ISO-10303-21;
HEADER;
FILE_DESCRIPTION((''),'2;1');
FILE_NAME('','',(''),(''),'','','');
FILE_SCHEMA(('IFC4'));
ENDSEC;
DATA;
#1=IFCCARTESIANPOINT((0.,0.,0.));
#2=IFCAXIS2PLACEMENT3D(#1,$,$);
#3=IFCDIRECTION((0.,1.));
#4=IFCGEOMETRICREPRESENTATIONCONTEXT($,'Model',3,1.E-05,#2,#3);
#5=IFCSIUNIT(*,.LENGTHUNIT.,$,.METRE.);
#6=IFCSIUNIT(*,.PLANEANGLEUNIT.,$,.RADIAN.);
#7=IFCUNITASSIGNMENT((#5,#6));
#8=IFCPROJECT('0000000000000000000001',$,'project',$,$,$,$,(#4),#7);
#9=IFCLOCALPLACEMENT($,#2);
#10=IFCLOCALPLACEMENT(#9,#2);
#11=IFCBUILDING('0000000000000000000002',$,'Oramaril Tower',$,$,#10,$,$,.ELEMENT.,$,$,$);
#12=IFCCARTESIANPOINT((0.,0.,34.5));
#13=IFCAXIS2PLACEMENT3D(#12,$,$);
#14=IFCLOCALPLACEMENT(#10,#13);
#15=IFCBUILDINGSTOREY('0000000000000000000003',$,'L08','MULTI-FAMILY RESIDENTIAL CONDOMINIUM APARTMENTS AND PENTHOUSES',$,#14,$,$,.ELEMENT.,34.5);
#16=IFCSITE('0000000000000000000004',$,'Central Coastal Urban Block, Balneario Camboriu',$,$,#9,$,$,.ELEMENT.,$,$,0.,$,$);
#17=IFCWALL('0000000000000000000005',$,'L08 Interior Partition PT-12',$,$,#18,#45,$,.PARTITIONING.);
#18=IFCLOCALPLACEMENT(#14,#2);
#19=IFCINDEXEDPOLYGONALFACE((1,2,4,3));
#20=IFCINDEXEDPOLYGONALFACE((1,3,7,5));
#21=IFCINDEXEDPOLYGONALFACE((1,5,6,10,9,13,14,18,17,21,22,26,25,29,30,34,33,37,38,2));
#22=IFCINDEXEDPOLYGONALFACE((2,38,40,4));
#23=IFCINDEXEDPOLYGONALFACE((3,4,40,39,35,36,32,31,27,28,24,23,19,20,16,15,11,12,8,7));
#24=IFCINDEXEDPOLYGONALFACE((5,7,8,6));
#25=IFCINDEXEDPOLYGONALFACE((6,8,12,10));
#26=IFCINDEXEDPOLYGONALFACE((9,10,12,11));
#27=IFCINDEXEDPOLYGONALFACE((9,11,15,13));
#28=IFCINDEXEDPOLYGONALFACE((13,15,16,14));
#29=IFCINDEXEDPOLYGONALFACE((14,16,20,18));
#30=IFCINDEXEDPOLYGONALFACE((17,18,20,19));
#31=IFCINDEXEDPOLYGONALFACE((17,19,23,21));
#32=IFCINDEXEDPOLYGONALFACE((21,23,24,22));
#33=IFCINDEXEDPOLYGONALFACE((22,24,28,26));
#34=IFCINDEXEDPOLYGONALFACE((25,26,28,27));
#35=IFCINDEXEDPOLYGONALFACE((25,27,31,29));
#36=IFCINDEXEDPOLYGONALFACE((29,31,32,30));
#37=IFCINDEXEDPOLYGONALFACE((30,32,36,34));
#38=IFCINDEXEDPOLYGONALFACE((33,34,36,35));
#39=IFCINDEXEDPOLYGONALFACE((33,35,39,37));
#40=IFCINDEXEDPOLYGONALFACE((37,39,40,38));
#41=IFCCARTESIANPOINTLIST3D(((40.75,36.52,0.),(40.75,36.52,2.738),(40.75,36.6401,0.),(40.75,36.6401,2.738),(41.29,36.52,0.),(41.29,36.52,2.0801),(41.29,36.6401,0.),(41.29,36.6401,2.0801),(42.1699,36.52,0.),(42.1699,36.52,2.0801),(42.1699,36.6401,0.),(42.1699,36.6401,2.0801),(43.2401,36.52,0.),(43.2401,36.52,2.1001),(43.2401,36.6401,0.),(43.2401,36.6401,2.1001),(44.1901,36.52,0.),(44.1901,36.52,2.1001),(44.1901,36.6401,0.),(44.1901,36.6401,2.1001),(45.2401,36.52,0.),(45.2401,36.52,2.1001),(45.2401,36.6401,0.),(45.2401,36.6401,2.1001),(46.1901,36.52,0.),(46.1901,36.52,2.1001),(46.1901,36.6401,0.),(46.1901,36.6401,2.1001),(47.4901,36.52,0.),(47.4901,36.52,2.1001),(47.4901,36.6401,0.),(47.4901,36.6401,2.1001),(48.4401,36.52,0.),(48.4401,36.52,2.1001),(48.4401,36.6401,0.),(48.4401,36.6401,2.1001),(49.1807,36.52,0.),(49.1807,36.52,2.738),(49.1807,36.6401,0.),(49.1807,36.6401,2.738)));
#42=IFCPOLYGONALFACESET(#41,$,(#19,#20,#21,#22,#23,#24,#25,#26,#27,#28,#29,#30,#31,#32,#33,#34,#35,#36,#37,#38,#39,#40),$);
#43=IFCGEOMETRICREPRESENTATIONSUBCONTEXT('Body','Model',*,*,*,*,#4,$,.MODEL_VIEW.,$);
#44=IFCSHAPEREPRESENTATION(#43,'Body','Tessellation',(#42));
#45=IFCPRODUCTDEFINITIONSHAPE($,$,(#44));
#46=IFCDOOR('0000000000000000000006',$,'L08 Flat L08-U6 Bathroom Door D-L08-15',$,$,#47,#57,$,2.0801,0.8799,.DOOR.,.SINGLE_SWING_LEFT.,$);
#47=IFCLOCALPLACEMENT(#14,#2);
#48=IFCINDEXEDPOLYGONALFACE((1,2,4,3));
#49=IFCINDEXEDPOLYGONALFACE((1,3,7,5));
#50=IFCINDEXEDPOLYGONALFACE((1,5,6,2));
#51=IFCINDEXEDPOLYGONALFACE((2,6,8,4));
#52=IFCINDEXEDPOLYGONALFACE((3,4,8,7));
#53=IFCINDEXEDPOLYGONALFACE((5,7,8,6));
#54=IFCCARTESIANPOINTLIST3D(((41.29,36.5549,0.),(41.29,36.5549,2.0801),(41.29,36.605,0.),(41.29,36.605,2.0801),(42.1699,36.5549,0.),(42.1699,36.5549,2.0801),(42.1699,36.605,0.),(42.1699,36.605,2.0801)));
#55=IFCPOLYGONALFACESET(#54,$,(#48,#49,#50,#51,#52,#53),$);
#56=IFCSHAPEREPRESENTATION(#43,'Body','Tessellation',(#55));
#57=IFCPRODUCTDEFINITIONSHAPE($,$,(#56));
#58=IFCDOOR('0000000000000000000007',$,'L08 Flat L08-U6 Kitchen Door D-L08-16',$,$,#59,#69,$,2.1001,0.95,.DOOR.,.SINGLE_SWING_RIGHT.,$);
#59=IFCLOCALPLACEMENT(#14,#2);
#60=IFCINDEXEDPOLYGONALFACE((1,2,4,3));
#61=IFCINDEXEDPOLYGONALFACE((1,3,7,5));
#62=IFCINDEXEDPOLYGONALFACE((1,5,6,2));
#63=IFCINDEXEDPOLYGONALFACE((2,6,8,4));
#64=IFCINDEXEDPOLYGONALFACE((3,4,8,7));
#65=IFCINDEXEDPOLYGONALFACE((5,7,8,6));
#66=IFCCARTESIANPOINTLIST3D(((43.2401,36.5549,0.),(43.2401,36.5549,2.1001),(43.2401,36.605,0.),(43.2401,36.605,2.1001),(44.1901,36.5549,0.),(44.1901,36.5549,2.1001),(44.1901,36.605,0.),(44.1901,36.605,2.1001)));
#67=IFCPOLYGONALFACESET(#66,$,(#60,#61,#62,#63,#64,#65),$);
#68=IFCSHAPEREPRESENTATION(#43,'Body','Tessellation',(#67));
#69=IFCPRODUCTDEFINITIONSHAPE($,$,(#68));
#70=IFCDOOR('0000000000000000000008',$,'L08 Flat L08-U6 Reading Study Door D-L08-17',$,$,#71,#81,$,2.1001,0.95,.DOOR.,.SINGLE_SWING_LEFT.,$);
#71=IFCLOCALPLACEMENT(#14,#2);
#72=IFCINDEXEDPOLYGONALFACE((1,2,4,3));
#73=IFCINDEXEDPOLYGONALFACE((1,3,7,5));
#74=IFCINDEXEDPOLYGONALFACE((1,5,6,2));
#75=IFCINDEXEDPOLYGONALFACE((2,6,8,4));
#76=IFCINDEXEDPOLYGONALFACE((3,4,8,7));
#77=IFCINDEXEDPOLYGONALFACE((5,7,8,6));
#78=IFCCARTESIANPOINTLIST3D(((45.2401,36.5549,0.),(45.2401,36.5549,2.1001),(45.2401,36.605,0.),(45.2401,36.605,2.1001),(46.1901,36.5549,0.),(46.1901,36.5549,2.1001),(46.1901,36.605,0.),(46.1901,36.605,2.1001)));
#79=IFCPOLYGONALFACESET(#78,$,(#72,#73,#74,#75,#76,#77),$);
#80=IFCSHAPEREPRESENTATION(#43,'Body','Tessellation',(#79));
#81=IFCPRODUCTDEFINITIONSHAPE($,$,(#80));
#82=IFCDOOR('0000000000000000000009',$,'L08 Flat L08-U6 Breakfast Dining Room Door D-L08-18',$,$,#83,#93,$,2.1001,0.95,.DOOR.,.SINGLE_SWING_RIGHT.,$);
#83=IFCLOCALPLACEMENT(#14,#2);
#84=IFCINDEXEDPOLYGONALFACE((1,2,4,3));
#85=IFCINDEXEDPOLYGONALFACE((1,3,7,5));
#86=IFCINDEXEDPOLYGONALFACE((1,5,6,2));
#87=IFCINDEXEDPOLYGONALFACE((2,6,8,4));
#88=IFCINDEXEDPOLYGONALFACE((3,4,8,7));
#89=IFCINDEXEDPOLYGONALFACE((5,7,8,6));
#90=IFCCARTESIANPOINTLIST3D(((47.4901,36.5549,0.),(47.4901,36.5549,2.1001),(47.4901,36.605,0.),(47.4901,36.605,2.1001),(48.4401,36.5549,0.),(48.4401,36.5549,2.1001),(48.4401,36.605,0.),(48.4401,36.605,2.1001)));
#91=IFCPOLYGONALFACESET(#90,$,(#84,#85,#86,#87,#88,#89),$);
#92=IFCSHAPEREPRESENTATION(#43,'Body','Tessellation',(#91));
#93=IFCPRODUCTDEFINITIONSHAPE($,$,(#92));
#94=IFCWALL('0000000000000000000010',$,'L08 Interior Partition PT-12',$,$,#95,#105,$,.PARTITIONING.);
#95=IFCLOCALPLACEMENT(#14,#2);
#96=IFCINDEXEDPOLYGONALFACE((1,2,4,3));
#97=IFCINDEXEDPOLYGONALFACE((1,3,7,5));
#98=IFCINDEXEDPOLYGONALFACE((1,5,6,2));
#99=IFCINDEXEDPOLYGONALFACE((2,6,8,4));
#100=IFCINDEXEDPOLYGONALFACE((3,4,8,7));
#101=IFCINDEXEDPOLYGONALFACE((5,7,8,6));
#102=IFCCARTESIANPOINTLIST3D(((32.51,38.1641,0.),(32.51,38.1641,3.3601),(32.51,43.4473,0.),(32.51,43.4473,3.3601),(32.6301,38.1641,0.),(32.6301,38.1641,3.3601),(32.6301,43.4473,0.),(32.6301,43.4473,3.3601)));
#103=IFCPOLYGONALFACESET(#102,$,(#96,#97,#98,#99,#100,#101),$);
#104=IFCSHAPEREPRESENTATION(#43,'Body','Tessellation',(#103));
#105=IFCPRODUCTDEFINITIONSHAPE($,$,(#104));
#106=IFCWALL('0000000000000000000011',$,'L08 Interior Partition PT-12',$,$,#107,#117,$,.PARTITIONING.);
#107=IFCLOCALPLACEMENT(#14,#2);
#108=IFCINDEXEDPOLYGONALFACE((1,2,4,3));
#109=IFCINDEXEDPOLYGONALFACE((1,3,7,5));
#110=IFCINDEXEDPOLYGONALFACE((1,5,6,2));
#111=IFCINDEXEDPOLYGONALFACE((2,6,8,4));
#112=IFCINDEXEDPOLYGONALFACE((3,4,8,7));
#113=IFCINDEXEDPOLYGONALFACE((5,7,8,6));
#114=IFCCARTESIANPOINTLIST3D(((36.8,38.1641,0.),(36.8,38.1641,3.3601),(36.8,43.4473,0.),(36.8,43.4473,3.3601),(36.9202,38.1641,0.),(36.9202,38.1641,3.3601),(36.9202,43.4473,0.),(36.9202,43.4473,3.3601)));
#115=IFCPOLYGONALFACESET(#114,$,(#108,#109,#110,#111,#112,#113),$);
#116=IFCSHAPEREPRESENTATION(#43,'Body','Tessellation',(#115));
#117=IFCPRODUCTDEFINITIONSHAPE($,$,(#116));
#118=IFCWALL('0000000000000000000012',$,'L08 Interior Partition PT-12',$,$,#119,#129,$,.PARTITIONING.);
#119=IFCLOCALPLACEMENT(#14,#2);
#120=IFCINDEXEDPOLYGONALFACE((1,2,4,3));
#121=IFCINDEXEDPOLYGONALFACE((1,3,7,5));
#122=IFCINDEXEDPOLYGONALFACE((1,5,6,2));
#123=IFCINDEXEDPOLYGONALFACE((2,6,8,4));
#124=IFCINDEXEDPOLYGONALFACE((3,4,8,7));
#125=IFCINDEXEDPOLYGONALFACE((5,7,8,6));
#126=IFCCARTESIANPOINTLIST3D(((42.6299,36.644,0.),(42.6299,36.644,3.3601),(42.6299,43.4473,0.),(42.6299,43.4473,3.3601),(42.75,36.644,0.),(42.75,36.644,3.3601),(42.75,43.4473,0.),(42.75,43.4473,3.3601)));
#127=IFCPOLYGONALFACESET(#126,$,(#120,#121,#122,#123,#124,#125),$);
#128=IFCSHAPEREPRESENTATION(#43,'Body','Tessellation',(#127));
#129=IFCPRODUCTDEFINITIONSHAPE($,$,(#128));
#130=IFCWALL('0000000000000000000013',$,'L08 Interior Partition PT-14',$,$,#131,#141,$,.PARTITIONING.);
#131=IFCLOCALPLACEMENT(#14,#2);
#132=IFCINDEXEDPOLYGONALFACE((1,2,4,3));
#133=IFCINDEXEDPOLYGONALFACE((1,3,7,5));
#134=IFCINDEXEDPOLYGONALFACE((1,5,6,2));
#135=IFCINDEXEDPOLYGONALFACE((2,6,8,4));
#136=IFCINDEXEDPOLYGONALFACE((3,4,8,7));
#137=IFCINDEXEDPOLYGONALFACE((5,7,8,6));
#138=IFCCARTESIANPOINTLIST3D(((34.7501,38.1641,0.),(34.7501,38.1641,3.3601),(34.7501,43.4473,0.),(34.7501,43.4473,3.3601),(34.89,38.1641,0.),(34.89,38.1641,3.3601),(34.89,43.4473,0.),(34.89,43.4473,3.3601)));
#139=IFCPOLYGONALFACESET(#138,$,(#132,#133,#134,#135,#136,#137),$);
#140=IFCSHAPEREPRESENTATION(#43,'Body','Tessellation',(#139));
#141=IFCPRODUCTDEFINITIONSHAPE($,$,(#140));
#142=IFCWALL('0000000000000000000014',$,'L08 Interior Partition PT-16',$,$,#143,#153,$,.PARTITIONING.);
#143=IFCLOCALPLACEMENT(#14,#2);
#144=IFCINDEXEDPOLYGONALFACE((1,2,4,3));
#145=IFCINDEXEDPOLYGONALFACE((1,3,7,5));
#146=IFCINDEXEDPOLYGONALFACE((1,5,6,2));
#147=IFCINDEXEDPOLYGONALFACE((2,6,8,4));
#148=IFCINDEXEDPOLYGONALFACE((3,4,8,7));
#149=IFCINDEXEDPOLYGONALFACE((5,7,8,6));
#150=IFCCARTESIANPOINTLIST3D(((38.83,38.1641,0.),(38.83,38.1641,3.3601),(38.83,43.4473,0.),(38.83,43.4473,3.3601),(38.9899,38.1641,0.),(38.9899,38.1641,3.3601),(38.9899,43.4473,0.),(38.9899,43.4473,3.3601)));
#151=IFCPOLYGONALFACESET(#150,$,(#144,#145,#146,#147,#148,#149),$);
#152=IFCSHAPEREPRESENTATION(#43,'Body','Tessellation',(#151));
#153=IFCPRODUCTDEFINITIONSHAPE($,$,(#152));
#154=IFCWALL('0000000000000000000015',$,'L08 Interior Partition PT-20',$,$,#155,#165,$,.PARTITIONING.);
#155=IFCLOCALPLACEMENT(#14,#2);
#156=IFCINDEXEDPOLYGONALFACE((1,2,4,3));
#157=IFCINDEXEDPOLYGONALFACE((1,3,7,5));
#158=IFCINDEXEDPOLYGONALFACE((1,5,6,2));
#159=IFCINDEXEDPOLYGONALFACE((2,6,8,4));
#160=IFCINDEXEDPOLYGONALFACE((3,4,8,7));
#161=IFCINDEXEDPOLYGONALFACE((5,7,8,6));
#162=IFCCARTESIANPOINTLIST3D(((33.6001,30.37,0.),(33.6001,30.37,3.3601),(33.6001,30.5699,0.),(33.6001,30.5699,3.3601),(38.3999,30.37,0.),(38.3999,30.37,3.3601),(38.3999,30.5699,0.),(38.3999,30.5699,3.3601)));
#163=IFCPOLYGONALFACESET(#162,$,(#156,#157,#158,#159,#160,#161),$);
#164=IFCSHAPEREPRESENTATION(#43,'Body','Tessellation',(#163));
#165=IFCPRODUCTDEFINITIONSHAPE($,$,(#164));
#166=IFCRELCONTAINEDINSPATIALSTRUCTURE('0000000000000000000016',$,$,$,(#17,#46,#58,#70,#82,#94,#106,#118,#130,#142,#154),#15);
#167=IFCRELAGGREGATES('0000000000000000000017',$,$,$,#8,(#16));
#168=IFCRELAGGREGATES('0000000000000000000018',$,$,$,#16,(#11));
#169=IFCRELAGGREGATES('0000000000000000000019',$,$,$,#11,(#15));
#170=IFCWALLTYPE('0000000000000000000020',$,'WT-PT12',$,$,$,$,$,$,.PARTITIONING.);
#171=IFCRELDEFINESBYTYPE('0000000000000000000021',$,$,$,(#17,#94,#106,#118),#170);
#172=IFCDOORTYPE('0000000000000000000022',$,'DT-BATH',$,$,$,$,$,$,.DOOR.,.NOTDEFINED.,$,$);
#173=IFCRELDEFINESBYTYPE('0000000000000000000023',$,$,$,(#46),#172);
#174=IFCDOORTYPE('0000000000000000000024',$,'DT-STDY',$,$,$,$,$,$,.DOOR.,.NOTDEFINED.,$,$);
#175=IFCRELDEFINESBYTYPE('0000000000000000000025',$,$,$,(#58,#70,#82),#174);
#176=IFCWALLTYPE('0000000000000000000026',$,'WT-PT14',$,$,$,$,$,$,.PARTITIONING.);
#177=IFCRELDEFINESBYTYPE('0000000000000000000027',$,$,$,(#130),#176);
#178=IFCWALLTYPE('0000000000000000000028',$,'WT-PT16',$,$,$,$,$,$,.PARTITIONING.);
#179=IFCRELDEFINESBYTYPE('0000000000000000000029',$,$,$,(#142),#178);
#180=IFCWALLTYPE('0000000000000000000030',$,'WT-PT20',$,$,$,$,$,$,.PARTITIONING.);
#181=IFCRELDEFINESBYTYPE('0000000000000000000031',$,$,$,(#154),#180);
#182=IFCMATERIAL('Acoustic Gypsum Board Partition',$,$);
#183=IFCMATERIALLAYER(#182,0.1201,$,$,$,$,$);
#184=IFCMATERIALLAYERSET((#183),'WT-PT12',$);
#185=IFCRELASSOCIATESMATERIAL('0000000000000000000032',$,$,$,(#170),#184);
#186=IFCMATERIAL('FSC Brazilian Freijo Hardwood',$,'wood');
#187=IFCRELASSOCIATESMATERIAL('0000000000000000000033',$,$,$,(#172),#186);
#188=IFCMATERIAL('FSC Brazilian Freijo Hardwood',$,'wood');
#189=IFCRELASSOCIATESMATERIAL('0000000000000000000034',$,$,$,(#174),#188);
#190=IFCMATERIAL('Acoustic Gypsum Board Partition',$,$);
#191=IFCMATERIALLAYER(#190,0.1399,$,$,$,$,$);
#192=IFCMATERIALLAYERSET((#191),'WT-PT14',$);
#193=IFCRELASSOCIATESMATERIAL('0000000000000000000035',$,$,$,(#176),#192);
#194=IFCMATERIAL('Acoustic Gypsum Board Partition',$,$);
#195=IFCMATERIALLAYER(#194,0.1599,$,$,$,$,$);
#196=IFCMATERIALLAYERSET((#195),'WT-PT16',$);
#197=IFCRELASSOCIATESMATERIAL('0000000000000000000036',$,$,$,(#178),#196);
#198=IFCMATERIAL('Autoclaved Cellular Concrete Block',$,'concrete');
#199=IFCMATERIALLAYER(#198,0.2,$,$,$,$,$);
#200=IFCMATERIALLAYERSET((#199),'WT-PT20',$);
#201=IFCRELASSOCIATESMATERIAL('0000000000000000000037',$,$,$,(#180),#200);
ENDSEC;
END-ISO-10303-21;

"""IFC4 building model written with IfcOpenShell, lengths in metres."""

from ifc_helpers import new_model, si_unit, direction, frame, frame_2d, origin, place, context, subcontext, project, spatial, rectangle, extrude, material, layer, layer_set, type_object, element, fill, save


model = new_model("IFC4")

# Units and contexts
model_context = context("Model", 3, precision=1e-05, world=origin(), true_north=direction((0.0, 1.0)))
body_context = subcontext(model_context, "Body", "Model", "MODEL_VIEW")
ifc_project = project(units=[si_unit("LENGTHUNIT", "METRE"), si_unit("PLANEANGLEUNIT", "RADIAN")], contexts=[model_context])

# Site, building, storey
site_placement = place(None, origin())
site = spatial("IfcSite", under=ifc_project, at=site_placement, Name="Central Coastal Urban Block, Balneario Camboriu", CompositionType="ELEMENT", RefElevation=0.0)
building_placement = place(site_placement, origin())
building = spatial("IfcBuilding", under=site, at=building_placement, Name="Oramaril Tower", CompositionType="ELEMENT")
storey_placement = place(building_placement, frame((0.0, 0.0, 34.5)))
storey = spatial("IfcBuildingStorey", under=building, at=storey_placement, Name="L08", Description="MULTI-FAMILY RESIDENTIAL CONDOMINIUM APARTMENTS AND PENTHOUSES", CompositionType="ELEMENT", Elevation=34.5)

# Wall, openings, doors
ifc_material_1 = material(Name="Acoustic Gypsum Board Partition")
ifc_layer_1 = layer(ifc_material_1, 0.1201)
ifc_layer_set_1 = layer_set([ifc_layer_1], Name="WT-PT12")
wall_type_1 = type_object("IfcWallType", Name="WT-PT12", PredefinedType="PARTITIONING", material=ifc_layer_set_1)
wall_1_placement = place(storey_placement, frame((40.75, 36.5801, 0.0), z_axis=(0.0, 0.0, 1.0), x_axis=(1.0, 0.0, 0.0)))
wall_1 = element("IfcWall", 1, at=wall_1_placement, inside=storey, type_object=wall_type_1, Name="L08 Interior Partition PT-12", PredefinedType="PARTITIONING", context=body_context, shape_type="SweptSolid", body=[
    extrude(rectangle(XDim=8.4307, YDim=0.1201, at=frame_2d((4.2153, 0.0))), origin(), (0.0, 0.0, 1.0), 2.738),
])
opening_1_placement = place(wall_1_placement, frame((0.54, 0.0, 0.0)))
opening_1 = element("IfcOpeningElement", 2, at=opening_1_placement, cuts=wall_1, PredefinedType="OPENING", context=body_context, shape_type="SweptSolid", body=[
    extrude(rectangle(XDim=0.8799, YDim=2.0801, at=frame_2d((0.4399, 1.04))), frame((0.0, 0.0601, 0.0), z_axis=(0.0, -1.0, 0.0), x_axis=(1.0, 0.0, 0.0)), (0.0, 0.0, 1.0), 0.1201),
])
opening_2_placement = place(wall_1_placement, frame((2.49, 0.0, 0.0)))
opening_2 = element("IfcOpeningElement", 3, at=opening_2_placement, cuts=wall_1, PredefinedType="OPENING", context=body_context, shape_type="SweptSolid", body=[
    extrude(rectangle(XDim=0.95, YDim=2.1001, at=frame_2d((0.4751, 1.05))), frame((0.0, 0.0601, 0.0), z_axis=(0.0, -1.0, 0.0), x_axis=(1.0, 0.0, 0.0)), (0.0, 0.0, 1.0), 0.1201),
])
opening_3_placement = place(wall_1_placement, frame((4.49, 0.0, 0.0)))
opening_3 = element("IfcOpeningElement", 4, at=opening_3_placement, cuts=wall_1, PredefinedType="OPENING", context=body_context, shape_type="SweptSolid", body=[
    extrude(rectangle(XDim=0.95, YDim=2.1001, at=frame_2d((0.4751, 1.05))), frame((0.0, 0.0601, 0.0), z_axis=(0.0, -1.0, 0.0), x_axis=(1.0, 0.0, 0.0)), (0.0, 0.0, 1.0), 0.1201),
])
opening_4_placement = place(wall_1_placement, frame((6.74, 0.0, 0.0)))
opening_4 = element("IfcOpeningElement", 5, at=opening_4_placement, cuts=wall_1, PredefinedType="OPENING", context=body_context, shape_type="SweptSolid", body=[
    extrude(rectangle(XDim=0.95, YDim=2.1001, at=frame_2d((0.4751, 1.05))), frame((0.0, 0.0601, 0.0), z_axis=(0.0, -1.0, 0.0), x_axis=(1.0, 0.0, 0.0)), (0.0, 0.0, 1.0), 0.1201),
])
ifc_material_2 = material(Name="FSC Brazilian Freijo Hardwood", Category="wood")
door_type_1 = type_object("IfcDoorType", Name="DT-BATH", OperationType="NOTDEFINED", PredefinedType="DOOR", material=ifc_material_2)
door_1_placement = place(opening_1_placement, origin())
door_1 = element("IfcDoor", 6, at=door_1_placement, inside=storey, type_object=door_type_1, Name="L08 Flat L08-U6 Bathroom Door D-L08-15", OperationType="SINGLE_SWING_LEFT", OverallHeight=2.0801, OverallWidth=0.8799, PredefinedType="DOOR", context=body_context, shape_type="SweptSolid", body=[
    extrude(rectangle(XDim=0.8799, YDim=2.0801, at=frame_2d((0.4399, 1.04))), frame((0.0, 0.0249, 0.0), z_axis=(0.0, -1.0, 0.0), x_axis=(1.0, 0.0, 0.0)), (0.0, 0.0, 1.0), 0.05),
])
fill(opening_1, door_1)
ifc_material_3 = material(Name="FSC Brazilian Freijo Hardwood", Category="wood")
door_type_2 = type_object("IfcDoorType", Name="DT-STDY", OperationType="NOTDEFINED", PredefinedType="DOOR", material=ifc_material_3)
door_2_placement = place(opening_2_placement, origin())
door_2 = element("IfcDoor", 7, at=door_2_placement, inside=storey, type_object=door_type_2, Name="L08 Flat L08-U6 Kitchen Door D-L08-16", OperationType="SINGLE_SWING_RIGHT", OverallHeight=2.1001, OverallWidth=0.95, PredefinedType="DOOR", context=body_context, shape_type="SweptSolid", body=[
    extrude(rectangle(XDim=0.95, YDim=2.1001, at=frame_2d((0.4751, 1.05))), frame((0.0, 0.0249, 0.0), z_axis=(0.0, -1.0, 0.0), x_axis=(1.0, 0.0, 0.0)), (0.0, 0.0, 1.0), 0.05),
])
fill(opening_2, door_2)
door_3_placement = place(opening_3_placement, origin())
door_3 = element("IfcDoor", 8, at=door_3_placement, inside=storey, type_object=door_type_2, Name="L08 Flat L08-U6 Reading Study Door D-L08-17", OperationType="SINGLE_SWING_LEFT", OverallHeight=2.1001, OverallWidth=0.95, PredefinedType="DOOR", context=body_context, shape_type="SweptSolid", body=[
    extrude(rectangle(XDim=0.95, YDim=2.1001, at=frame_2d((0.4751, 1.05))), frame((0.0, 0.0249, 0.0), z_axis=(0.0, -1.0, 0.0), x_axis=(1.0, 0.0, 0.0)), (0.0, 0.0, 1.0), 0.05),
])
fill(opening_3, door_3)
door_4_placement = place(opening_4_placement, origin())
door_4 = element("IfcDoor", 9, at=door_4_placement, inside=storey, type_object=door_type_2, Name="L08 Flat L08-U6 Breakfast Dining Room Door D-L08-18", OperationType="SINGLE_SWING_RIGHT", OverallHeight=2.1001, OverallWidth=0.95, PredefinedType="DOOR", context=body_context, shape_type="SweptSolid", body=[
    extrude(rectangle(XDim=0.95, YDim=2.1001, at=frame_2d((0.4751, 1.05))), frame((0.0, 0.0249, 0.0), z_axis=(0.0, -1.0, 0.0), x_axis=(1.0, 0.0, 0.0)), (0.0, 0.0, 1.0), 0.05),
])
fill(opening_4, door_4)

# Walls
for number, where, z_axis, x_axis, name in (
    (10, (32.5701, 38.1641, 0.0), (0.0, 0.0, 1.0), (0.0, 1.0, 0.0), "L08 Interior Partition PT-12"),
    (11, (36.8601, 38.1641, 0.0), (0.0, 0.0, 1.0), (0.0, 1.0, 0.0), "L08 Interior Partition PT-12"),
):
    element("IfcWall", number, at=place(storey_placement, frame(where, z_axis=z_axis, x_axis=x_axis)), inside=storey, type_object=wall_type_1, Name=name, PredefinedType="PARTITIONING", context=body_context, shape_type="SweptSolid", body=[
        extrude(rectangle(XDim=5.2832, YDim=0.1201, at=frame_2d((2.6416, 0.0))), origin(), (0.0, 0.0, 1.0), 3.3601),
    ])
wall_2_placement = place(storey_placement, frame((42.6899, 36.644, 0.0), z_axis=(0.0, 0.0, 1.0), x_axis=(0.0, 1.0, 0.0)))
element("IfcWall", 12, at=wall_2_placement, inside=storey, type_object=wall_type_1, Name="L08 Interior Partition PT-12", PredefinedType="PARTITIONING", context=body_context, shape_type="SweptSolid", body=[
    extrude(rectangle(XDim=6.8032, YDim=0.1201, at=frame_2d((3.4016, 0.0))), origin(), (0.0, 0.0, 1.0), 3.3601),
])
ifc_material_4 = material(Name="Acoustic Gypsum Board Partition")
ifc_layer_2 = layer(ifc_material_4, 0.1399)
ifc_layer_set_2 = layer_set([ifc_layer_2], Name="WT-PT14")
wall_type_2 = type_object("IfcWallType", Name="WT-PT14", PredefinedType="PARTITIONING", material=ifc_layer_set_2)
wall_3_placement = place(storey_placement, frame((34.8201, 38.1641, 0.0), z_axis=(0.0, 0.0, 1.0), x_axis=(0.0, 1.0, 0.0)))
element("IfcWall", 13, at=wall_3_placement, inside=storey, type_object=wall_type_2, Name="L08 Interior Partition PT-14", PredefinedType="PARTITIONING", context=body_context, shape_type="SweptSolid", body=[
    extrude(rectangle(XDim=5.2832, YDim=0.1399, at=frame_2d((2.6416, 0.0))), origin(), (0.0, 0.0, 1.0), 3.3601),
])
ifc_material_5 = material(Name="Acoustic Gypsum Board Partition")
ifc_layer_3 = layer(ifc_material_5, 0.1599)
ifc_layer_set_3 = layer_set([ifc_layer_3], Name="WT-PT16")
wall_type_3 = type_object("IfcWallType", Name="WT-PT16", PredefinedType="PARTITIONING", material=ifc_layer_set_3)
wall_4_placement = place(storey_placement, frame((38.9099, 38.1641, 0.0), z_axis=(0.0, 0.0, 1.0), x_axis=(0.0, 1.0, 0.0)))
element("IfcWall", 14, at=wall_4_placement, inside=storey, type_object=wall_type_3, Name="L08 Interior Partition PT-16", PredefinedType="PARTITIONING", context=body_context, shape_type="SweptSolid", body=[
    extrude(rectangle(XDim=5.2832, YDim=0.1599, at=frame_2d((2.6416, 0.0))), origin(), (0.0, 0.0, 1.0), 3.3601),
])
ifc_material_6 = material(Name="Autoclaved Cellular Concrete Block", Category="concrete")
ifc_layer_4 = layer(ifc_material_6, 0.2)
ifc_layer_set_4 = layer_set([ifc_layer_4], Name="WT-PT20")
wall_type_4 = type_object("IfcWallType", Name="WT-PT20", PredefinedType="PARTITIONING", material=ifc_layer_set_4)
wall_5_placement = place(storey_placement, frame((33.6001, 30.47, 0.0), z_axis=(0.0, 0.0, 1.0), x_axis=(1.0, 0.0, 0.0)))
element("IfcWall", 15, at=wall_5_placement, inside=storey, type_object=wall_type_4, Name="L08 Interior Partition PT-20", PredefinedType="PARTITIONING", context=body_context, shape_type="SweptSolid", body=[
    extrude(rectangle(XDim=4.7998, YDim=0.2, at=frame_2d((2.3999, 0.0))), origin(), (0.0, 0.0, 1.0), 3.3601),
])

save(model, "model.ifc")
